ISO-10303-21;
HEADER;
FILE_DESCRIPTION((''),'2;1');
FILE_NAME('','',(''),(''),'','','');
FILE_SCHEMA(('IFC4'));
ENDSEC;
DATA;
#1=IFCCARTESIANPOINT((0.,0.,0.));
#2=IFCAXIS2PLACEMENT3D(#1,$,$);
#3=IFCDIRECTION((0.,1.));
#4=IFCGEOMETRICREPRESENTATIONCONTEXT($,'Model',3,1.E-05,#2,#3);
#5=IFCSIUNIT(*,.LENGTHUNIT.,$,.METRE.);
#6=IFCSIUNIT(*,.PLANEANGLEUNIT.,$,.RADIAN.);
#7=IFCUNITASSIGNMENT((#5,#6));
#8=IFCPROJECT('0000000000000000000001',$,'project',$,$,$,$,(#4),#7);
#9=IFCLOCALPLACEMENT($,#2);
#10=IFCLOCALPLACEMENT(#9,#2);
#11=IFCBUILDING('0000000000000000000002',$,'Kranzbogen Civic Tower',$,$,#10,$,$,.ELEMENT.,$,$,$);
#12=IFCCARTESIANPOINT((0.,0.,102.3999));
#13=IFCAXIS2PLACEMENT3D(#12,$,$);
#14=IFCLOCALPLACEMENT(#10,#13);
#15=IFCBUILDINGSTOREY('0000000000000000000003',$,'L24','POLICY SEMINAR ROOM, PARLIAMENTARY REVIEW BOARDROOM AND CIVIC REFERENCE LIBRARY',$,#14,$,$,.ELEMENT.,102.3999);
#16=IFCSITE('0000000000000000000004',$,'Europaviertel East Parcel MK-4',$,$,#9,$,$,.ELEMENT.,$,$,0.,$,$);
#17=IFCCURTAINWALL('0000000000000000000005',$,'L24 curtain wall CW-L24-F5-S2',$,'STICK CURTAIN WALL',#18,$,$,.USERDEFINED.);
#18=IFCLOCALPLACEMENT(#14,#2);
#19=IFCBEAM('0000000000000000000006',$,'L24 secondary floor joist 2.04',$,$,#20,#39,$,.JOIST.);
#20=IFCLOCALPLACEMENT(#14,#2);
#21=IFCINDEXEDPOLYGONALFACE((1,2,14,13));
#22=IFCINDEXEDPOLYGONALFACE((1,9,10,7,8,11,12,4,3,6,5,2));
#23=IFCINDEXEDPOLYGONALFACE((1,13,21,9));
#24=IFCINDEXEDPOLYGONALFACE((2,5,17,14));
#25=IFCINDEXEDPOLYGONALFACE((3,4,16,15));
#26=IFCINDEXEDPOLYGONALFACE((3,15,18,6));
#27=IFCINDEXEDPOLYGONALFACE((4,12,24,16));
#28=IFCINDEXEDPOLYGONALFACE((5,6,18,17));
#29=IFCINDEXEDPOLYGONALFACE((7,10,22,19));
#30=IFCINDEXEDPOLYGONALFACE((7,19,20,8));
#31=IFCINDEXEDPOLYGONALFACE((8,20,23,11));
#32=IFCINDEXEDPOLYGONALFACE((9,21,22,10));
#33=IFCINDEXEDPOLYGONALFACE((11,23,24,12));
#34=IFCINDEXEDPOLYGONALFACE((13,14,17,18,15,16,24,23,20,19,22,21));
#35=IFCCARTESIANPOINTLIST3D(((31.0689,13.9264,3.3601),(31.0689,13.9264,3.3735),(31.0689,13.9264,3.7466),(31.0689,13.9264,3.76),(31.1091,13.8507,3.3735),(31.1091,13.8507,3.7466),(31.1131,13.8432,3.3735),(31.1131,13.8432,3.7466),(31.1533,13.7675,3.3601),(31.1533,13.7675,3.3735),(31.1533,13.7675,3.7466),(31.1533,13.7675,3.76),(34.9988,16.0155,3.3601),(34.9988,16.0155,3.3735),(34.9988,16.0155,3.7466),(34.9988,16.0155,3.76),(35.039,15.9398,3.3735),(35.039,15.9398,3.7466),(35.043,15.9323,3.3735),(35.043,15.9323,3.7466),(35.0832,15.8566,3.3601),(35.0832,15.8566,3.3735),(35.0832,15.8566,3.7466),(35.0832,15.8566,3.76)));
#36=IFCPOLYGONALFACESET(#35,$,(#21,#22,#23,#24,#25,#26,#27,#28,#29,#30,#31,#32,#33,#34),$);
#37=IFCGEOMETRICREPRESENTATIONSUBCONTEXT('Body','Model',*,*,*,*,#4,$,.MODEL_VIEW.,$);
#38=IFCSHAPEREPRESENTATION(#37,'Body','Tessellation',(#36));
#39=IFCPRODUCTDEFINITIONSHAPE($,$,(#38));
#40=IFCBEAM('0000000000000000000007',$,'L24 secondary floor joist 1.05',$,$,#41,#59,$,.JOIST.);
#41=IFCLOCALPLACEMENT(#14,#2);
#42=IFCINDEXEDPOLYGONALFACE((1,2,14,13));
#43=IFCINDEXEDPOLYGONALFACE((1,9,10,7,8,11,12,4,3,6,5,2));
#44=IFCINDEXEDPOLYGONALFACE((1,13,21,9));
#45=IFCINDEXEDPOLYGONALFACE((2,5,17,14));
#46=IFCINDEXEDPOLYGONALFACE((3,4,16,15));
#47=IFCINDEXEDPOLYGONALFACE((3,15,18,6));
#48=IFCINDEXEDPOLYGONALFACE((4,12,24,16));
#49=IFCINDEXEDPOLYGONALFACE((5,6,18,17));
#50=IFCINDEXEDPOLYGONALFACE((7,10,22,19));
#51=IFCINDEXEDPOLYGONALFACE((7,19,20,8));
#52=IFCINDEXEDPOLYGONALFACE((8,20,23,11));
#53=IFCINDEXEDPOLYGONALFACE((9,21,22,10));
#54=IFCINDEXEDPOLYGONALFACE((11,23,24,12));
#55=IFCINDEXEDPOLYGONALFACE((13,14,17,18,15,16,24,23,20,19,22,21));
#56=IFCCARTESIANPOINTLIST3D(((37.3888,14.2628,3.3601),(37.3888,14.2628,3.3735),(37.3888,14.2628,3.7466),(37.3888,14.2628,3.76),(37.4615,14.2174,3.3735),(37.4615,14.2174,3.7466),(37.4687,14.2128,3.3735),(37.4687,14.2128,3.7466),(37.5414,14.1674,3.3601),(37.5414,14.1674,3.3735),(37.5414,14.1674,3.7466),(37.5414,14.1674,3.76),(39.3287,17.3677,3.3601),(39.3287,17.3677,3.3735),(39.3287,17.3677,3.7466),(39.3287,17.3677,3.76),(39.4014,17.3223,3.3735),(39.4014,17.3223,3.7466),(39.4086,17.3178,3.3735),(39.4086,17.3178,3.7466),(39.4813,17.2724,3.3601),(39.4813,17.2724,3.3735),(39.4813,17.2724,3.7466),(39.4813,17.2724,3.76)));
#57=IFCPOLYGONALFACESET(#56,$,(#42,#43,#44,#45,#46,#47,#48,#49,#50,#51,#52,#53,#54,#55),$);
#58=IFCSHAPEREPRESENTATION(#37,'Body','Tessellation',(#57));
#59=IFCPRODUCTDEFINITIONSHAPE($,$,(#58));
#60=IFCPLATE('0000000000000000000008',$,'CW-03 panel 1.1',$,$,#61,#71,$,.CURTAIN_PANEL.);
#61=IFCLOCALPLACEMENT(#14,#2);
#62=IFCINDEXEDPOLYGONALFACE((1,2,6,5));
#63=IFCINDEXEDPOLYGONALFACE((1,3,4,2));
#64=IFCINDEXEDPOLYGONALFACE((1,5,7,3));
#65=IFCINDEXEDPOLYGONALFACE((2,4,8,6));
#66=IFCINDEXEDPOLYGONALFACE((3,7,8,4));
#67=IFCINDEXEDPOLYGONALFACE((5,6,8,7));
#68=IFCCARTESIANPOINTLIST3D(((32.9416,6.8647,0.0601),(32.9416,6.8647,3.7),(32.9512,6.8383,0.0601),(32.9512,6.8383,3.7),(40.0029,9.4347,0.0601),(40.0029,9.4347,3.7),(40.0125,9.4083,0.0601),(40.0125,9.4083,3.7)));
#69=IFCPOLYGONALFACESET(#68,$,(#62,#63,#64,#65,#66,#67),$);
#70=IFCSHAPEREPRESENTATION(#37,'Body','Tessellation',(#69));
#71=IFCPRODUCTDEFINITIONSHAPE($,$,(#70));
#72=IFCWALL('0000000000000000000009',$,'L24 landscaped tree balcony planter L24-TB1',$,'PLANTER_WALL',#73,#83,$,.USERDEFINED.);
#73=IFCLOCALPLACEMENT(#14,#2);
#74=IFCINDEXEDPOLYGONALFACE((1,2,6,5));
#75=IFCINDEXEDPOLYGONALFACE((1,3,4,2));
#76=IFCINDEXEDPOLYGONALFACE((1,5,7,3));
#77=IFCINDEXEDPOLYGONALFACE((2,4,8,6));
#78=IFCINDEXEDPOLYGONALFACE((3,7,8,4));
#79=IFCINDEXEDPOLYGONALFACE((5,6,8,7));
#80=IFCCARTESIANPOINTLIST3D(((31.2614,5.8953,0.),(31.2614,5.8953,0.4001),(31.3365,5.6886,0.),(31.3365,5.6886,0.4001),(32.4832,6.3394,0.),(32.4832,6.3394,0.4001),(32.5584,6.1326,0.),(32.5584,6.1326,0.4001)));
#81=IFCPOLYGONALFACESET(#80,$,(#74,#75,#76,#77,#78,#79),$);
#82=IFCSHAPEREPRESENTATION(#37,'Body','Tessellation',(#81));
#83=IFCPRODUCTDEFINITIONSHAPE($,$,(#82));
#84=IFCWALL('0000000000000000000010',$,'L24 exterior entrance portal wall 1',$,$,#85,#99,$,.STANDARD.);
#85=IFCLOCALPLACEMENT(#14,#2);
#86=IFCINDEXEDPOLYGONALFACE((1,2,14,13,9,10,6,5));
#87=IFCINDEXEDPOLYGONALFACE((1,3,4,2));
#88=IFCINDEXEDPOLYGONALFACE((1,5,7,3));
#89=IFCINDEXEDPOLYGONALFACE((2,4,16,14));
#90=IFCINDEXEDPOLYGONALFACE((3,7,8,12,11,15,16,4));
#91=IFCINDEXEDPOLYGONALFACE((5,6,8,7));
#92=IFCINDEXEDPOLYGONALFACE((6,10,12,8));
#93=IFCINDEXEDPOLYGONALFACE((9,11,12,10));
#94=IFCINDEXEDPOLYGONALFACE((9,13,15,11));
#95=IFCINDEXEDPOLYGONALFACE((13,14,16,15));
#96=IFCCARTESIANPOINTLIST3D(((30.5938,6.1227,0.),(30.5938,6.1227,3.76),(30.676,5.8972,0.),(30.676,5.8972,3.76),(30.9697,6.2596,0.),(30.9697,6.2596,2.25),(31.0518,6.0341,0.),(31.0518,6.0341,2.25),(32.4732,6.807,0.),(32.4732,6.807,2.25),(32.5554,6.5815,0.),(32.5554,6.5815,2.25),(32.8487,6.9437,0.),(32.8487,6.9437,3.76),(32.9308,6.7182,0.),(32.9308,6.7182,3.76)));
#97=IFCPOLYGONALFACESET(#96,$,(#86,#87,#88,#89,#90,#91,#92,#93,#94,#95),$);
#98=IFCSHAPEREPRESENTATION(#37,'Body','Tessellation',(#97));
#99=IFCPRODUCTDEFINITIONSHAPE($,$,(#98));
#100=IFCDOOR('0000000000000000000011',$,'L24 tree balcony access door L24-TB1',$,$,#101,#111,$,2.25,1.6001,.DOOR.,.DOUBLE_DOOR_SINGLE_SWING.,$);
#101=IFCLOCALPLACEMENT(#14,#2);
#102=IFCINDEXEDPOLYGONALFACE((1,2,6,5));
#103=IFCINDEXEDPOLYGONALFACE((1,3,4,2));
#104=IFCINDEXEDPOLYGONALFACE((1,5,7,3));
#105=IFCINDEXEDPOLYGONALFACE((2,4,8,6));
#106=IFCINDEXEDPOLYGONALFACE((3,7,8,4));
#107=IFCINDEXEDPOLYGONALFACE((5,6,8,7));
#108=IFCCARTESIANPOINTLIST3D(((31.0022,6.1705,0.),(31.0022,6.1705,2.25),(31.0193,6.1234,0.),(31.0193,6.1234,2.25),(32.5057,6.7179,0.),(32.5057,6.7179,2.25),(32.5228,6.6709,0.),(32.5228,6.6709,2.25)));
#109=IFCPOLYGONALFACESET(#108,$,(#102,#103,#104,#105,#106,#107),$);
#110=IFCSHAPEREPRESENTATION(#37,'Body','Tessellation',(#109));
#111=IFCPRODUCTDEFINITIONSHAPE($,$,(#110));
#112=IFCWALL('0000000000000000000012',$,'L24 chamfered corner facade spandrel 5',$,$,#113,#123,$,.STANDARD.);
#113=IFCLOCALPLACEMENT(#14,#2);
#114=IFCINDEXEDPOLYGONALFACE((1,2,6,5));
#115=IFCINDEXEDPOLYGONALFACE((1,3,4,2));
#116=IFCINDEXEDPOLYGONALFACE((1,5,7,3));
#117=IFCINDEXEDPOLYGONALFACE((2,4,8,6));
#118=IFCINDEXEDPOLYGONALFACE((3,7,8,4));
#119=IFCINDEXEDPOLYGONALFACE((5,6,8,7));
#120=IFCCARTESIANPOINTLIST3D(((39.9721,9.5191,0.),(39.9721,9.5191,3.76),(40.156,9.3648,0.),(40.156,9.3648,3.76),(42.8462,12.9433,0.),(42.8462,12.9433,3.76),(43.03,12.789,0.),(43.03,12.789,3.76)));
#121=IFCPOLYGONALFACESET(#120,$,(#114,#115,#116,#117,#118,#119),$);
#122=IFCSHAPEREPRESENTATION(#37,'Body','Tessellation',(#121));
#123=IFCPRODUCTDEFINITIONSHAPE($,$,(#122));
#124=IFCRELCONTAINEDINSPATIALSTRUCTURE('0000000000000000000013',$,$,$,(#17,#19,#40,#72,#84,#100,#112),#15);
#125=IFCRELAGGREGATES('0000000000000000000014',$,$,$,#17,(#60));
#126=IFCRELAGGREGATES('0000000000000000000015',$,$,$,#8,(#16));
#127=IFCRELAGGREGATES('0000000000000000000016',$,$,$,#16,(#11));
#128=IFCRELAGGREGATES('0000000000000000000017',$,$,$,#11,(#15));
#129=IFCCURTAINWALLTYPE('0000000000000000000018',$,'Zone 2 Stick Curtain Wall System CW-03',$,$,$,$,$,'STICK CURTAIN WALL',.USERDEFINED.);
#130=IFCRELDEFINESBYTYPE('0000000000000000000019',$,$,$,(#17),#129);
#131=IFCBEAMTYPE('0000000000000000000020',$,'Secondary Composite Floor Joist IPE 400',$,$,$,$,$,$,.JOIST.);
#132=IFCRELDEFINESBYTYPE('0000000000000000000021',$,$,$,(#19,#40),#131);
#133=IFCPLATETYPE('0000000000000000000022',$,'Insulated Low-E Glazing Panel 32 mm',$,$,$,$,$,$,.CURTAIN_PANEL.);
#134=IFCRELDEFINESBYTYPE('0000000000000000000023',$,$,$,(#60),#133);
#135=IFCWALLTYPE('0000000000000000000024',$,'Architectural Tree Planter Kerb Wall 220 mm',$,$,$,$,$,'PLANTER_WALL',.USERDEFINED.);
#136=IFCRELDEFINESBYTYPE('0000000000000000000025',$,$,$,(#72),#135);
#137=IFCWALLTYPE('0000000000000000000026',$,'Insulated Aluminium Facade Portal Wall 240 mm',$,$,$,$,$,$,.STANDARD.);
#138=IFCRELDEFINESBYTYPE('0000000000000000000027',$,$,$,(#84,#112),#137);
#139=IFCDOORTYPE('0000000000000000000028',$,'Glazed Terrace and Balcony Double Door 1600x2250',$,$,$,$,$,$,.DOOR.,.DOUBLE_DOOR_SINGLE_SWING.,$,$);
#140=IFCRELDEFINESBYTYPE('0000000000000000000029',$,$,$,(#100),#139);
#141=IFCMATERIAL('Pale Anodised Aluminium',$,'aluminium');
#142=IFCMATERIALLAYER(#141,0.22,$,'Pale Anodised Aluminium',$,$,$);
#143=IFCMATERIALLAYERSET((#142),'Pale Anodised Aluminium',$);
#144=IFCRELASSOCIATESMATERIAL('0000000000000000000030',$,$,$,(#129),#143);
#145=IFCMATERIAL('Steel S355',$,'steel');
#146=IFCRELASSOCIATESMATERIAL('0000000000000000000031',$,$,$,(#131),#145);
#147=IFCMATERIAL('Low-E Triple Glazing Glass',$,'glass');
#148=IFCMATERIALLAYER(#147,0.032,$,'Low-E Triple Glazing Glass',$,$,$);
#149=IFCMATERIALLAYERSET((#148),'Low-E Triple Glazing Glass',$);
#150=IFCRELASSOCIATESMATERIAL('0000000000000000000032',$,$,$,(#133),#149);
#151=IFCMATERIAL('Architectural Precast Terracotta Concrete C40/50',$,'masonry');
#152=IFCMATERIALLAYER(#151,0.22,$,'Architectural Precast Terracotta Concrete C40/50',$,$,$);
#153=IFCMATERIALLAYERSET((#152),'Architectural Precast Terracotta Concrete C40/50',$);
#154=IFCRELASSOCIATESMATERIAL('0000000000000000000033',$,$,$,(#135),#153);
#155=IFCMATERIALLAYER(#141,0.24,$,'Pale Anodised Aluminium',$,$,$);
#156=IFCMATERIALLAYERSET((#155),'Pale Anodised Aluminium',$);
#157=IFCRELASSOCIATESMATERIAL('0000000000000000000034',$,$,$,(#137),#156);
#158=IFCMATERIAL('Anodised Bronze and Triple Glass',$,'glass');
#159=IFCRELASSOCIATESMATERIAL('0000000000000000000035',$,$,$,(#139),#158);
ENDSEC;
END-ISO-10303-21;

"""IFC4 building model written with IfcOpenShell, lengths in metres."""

from ifc_helpers import new_model, si_unit, direction, frame, frame_2d, origin, origin_2d, place, context, subcontext, project, spatial, rectangle, i_section, extrude, material, layer, layer_set, material_profile, profile_set, type_object, element, fill, aggregate, save


model = new_model("IFC4")

# Units and contexts
model_context = context("Model", 3, precision=1e-05, world=origin(), true_north=direction((0.0, 1.0)))
body_context = subcontext(model_context, "Body", "Model", "MODEL_VIEW")
ifc_project = project(units=[si_unit("LENGTHUNIT", "METRE"), si_unit("PLANEANGLEUNIT", "RADIAN")], contexts=[model_context])

# Site, building, storey
site_placement = place(None, origin())
site = spatial("IfcSite", under=ifc_project, at=site_placement, Name="Europaviertel East Parcel MK-4", CompositionType="ELEMENT", RefElevation=0.0)
building_placement = place(site_placement, origin())
building = spatial("IfcBuilding", under=site, at=building_placement, Name="Kranzbogen Civic Tower", CompositionType="ELEMENT")
storey_placement = place(building_placement, frame((0.0, 0.0, 102.3999)))
storey = spatial("IfcBuildingStorey", under=building, at=storey_placement, Name="L24", Description="POLICY SEMINAR ROOM, PARLIAMENTARY REVIEW BOARDROOM AND CIVIC REFERENCE LIBRARY", CompositionType="ELEMENT", Elevation=102.3999)

# Shared definitions
ifc_material_1 = material(Name="Pale Anodised Aluminium", Category="aluminium")
ifc_layer_1 = layer(ifc_material_1, 0.22, Name="Pale Anodised Aluminium")
ifc_layer_set_1 = layer_set([ifc_layer_1], Name="Pale Anodised Aluminium")
curtain_wall_type = type_object("IfcCurtainWallType", Name="Zone 2 Stick Curtain Wall System CW-03", ElementType="STICK CURTAIN WALL", PredefinedType="USERDEFINED", material=ifc_layer_set_1)

# Curtain wall
curtain_wall_1_placement = place(storey_placement, origin())
curtain_wall_1 = element("IfcCurtainWall", 1, at=curtain_wall_1_placement, inside=storey, type_object=curtain_wall_type, Name="L24 curtain wall CW-L24-F5-S2", ObjectType="STICK CURTAIN WALL", PredefinedType="USERDEFINED")

# Beams
ifc_material_2 = material(Name="Steel S355", Category="steel")
ifc_material_profile_1 = material_profile(ifc_material_2, i_section(OverallWidth=0.1799, OverallDepth=0.3999, WebThickness=0.0085, FlangeThickness=0.0134, at=origin_2d()), Name="IPE 400")
ifc_profile_set_1 = profile_set([ifc_material_profile_1], Name="Steel S355")
beam_type_1 = type_object("IfcBeamType", Name="Secondary Composite Floor Joist IPE 400", PredefinedType="JOIST", material=ifc_profile_set_1)
beam_1_placement = place(storey_placement, frame((31.1111, 13.8469, 3.5601), z_axis=(0.882991, 0.469389, 0.0), x_axis=(-0.469389, 0.882991, 0.0)))
element("IfcBeam", 2, at=beam_1_placement, inside=storey, type_object=beam_type_1, Name="L24 secondary floor joist 2.04", PredefinedType="JOIST", context=body_context, shape_type="SweptSolid", body=[
    extrude(i_section(OverallWidth=0.1799, OverallDepth=0.3999, WebThickness=0.0085, FlangeThickness=0.0134, at=origin_2d()), origin(), (0.0, 0.0, 1.0), 4.4507),
])
beam_2_placement = place(storey_placement, frame((37.4651, 14.2151, 3.5601), z_axis=(0.529867, 0.848081, 0.0), x_axis=(-0.848081, 0.529867, 0.0)))
element("IfcBeam", 3, at=beam_2_placement, inside=storey, type_object=beam_type_1, Name="L24 secondary floor joist 1.05", PredefinedType="JOIST", context=body_context, shape_type="SweptSolid", body=[
    extrude(i_section(OverallWidth=0.1799, OverallDepth=0.3999, WebThickness=0.0085, FlangeThickness=0.0134, at=origin_2d()), origin(), (0.0, 0.0, 1.0), 3.6611),
])

# Plate
ifc_material_3 = material(Name="Low-E Triple Glazing Glass", Category="glass")
ifc_layer_2 = layer(ifc_material_3, 0.032, Name="Low-E Triple Glazing Glass")
ifc_layer_set_2 = layer_set([ifc_layer_2], Name="Low-E Triple Glazing Glass")
plate_type = type_object("IfcPlateType", Name="Insulated Low-E Glazing Panel 32 mm", PredefinedType="CURTAIN_PANEL", material=ifc_layer_set_2)
plate_placement = place(storey_placement, frame((36.4771, 8.1365, 0.0601), z_axis=(0.0, 0.0, 1.0), x_axis=(0.939698, 0.342006, 0.0)))
plate = element("IfcPlate", 4, at=plate_placement, type_object=plate_type, Name="CW-03 panel 1.1", PredefinedType="CURTAIN_PANEL", context=body_context, shape_type="SweptSolid", body=[
    extrude(rectangle(XDim=7.5144, YDim=0.0281, at=origin_2d()), origin(), (0.0, 0.0, 1.0), 3.6399),
])
aggregate(curtain_wall_1, [plate])

# Wall
ifc_material_4 = material(Name="Architectural Precast Terracotta Concrete C40/50", Category="masonry")
ifc_layer_3 = layer(ifc_material_4, 0.22, Name="Architectural Precast Terracotta Concrete C40/50")
ifc_layer_set_3 = layer_set([ifc_layer_3], Name="Architectural Precast Terracotta Concrete C40/50")
wall_type_1 = type_object("IfcWallType", Name="Architectural Tree Planter Kerb Wall 220 mm", ElementType="PLANTER_WALL", PredefinedType="USERDEFINED", material=ifc_layer_set_3)
wall_1_placement = place(storey_placement, frame((31.2991, 5.792, 0.0), z_axis=(0.0, 0.0, 1.0), x_axis=(0.939854, 0.341577, 0.0)))
element("IfcWall", 5, at=wall_1_placement, inside=storey, type_object=wall_type_1, Name="L24 landscaped tree balcony planter L24-TB1", ObjectType="PLANTER_WALL", PredefinedType="USERDEFINED", context=body_context, shape_type="SweptSolid", body=[
    extrude(rectangle(XDim=1.3, YDim=0.22, at=frame_2d((0.6499, 0.0))), origin(), (0.0, 0.0, 1.0), 0.4001),
])

# Wall, opening, door
ifc_layer_4 = layer(ifc_material_1, 0.24, Name="Pale Anodised Aluminium")
ifc_layer_set_4 = layer_set([ifc_layer_4], Name="Pale Anodised Aluminium")
wall_type_2 = type_object("IfcWallType", Name="Insulated Aluminium Facade Portal Wall 240 mm", PredefinedType="STANDARD", material=ifc_layer_set_4)
wall_2_placement = place(storey_placement, frame((30.635, 6.01, 0.0), z_axis=(0.0, 0.0, 1.0), x_axis=(0.939648, 0.342143, 0.0)))
wall_2 = element("IfcWall", 6, at=wall_2_placement, inside=storey, type_object=wall_type_2, Name="L24 exterior entrance portal wall 1", PredefinedType="STANDARD", context=body_context, shape_type="SweptSolid", body=[
    extrude(rectangle(XDim=2.3997, YDim=0.24, at=frame_2d((1.1997, 0.0))), origin(), (0.0, 0.0, 1.0), 3.76),
])
opening_placement = place(wall_2_placement, frame((0.3999, 0.0, 0.0)))
opening = element("IfcOpeningElement", 7, at=opening_placement, cuts=wall_2, PredefinedType="OPENING", context=body_context, shape_type="SweptSolid", body=[
    extrude(rectangle(XDim=1.6001, YDim=2.25, at=frame_2d((0.8, 1.125))), frame((0.0, 0.1299, 0.0), z_axis=(0.0, -1.0, 0.0), x_axis=(1.0, 0.0, 0.0)), (0.0, 0.0, 1.0), 0.26),
])
ifc_material_5 = material(Name="Anodised Bronze and Triple Glass", Category="glass")
door_type = type_object("IfcDoorType", Name="Glazed Terrace and Balcony Double Door 1600x2250", OperationType="DOUBLE_DOOR_SINGLE_SWING", PredefinedType="DOOR", material=ifc_material_5)
door_placement = place(opening_placement, frame((1.6001, 0.0, 0.0), z_axis=(0.0, 0.0, 1.0), x_axis=(-1.0, 0.0, 0.0)))
door = element("IfcDoor", 8, at=door_placement, inside=storey, type_object=door_type, Name="L24 tree balcony access door L24-TB1", OperationType="DOUBLE_DOOR_SINGLE_SWING", OverallHeight=2.25, OverallWidth=1.6001, PredefinedType="DOOR", context=body_context, shape_type="SweptSolid", body=[
    extrude(rectangle(XDim=1.6001, YDim=2.25, at=frame_2d((0.8, 1.125))), frame((0.0, 0.0249, 0.0), z_axis=(0.0, -1.0, 0.0), x_axis=(1.0, 0.0, 0.0)), (0.0, 0.0, 1.0), 0.05),
])
fill(opening, door)

# Wall
wall_3_placement = place(storey_placement, frame((40.064, 9.4419, 0.0), z_axis=(0.0, 0.0, 1.0), x_axis=(0.642904, 0.765947, 0.0)))
element("IfcWall", 9, at=wall_3_placement, inside=storey, type_object=wall_type_2, Name="L24 chamfered corner facade spandrel 5", PredefinedType="STANDARD", context=body_context, shape_type="SweptSolid", body=[
    extrude(rectangle(XDim=4.4705, YDim=0.24, at=frame_2d((2.2354, 0.0))), origin(), (0.0, 0.0, 1.0), 3.76),
])

save(model, "model.ifc")
